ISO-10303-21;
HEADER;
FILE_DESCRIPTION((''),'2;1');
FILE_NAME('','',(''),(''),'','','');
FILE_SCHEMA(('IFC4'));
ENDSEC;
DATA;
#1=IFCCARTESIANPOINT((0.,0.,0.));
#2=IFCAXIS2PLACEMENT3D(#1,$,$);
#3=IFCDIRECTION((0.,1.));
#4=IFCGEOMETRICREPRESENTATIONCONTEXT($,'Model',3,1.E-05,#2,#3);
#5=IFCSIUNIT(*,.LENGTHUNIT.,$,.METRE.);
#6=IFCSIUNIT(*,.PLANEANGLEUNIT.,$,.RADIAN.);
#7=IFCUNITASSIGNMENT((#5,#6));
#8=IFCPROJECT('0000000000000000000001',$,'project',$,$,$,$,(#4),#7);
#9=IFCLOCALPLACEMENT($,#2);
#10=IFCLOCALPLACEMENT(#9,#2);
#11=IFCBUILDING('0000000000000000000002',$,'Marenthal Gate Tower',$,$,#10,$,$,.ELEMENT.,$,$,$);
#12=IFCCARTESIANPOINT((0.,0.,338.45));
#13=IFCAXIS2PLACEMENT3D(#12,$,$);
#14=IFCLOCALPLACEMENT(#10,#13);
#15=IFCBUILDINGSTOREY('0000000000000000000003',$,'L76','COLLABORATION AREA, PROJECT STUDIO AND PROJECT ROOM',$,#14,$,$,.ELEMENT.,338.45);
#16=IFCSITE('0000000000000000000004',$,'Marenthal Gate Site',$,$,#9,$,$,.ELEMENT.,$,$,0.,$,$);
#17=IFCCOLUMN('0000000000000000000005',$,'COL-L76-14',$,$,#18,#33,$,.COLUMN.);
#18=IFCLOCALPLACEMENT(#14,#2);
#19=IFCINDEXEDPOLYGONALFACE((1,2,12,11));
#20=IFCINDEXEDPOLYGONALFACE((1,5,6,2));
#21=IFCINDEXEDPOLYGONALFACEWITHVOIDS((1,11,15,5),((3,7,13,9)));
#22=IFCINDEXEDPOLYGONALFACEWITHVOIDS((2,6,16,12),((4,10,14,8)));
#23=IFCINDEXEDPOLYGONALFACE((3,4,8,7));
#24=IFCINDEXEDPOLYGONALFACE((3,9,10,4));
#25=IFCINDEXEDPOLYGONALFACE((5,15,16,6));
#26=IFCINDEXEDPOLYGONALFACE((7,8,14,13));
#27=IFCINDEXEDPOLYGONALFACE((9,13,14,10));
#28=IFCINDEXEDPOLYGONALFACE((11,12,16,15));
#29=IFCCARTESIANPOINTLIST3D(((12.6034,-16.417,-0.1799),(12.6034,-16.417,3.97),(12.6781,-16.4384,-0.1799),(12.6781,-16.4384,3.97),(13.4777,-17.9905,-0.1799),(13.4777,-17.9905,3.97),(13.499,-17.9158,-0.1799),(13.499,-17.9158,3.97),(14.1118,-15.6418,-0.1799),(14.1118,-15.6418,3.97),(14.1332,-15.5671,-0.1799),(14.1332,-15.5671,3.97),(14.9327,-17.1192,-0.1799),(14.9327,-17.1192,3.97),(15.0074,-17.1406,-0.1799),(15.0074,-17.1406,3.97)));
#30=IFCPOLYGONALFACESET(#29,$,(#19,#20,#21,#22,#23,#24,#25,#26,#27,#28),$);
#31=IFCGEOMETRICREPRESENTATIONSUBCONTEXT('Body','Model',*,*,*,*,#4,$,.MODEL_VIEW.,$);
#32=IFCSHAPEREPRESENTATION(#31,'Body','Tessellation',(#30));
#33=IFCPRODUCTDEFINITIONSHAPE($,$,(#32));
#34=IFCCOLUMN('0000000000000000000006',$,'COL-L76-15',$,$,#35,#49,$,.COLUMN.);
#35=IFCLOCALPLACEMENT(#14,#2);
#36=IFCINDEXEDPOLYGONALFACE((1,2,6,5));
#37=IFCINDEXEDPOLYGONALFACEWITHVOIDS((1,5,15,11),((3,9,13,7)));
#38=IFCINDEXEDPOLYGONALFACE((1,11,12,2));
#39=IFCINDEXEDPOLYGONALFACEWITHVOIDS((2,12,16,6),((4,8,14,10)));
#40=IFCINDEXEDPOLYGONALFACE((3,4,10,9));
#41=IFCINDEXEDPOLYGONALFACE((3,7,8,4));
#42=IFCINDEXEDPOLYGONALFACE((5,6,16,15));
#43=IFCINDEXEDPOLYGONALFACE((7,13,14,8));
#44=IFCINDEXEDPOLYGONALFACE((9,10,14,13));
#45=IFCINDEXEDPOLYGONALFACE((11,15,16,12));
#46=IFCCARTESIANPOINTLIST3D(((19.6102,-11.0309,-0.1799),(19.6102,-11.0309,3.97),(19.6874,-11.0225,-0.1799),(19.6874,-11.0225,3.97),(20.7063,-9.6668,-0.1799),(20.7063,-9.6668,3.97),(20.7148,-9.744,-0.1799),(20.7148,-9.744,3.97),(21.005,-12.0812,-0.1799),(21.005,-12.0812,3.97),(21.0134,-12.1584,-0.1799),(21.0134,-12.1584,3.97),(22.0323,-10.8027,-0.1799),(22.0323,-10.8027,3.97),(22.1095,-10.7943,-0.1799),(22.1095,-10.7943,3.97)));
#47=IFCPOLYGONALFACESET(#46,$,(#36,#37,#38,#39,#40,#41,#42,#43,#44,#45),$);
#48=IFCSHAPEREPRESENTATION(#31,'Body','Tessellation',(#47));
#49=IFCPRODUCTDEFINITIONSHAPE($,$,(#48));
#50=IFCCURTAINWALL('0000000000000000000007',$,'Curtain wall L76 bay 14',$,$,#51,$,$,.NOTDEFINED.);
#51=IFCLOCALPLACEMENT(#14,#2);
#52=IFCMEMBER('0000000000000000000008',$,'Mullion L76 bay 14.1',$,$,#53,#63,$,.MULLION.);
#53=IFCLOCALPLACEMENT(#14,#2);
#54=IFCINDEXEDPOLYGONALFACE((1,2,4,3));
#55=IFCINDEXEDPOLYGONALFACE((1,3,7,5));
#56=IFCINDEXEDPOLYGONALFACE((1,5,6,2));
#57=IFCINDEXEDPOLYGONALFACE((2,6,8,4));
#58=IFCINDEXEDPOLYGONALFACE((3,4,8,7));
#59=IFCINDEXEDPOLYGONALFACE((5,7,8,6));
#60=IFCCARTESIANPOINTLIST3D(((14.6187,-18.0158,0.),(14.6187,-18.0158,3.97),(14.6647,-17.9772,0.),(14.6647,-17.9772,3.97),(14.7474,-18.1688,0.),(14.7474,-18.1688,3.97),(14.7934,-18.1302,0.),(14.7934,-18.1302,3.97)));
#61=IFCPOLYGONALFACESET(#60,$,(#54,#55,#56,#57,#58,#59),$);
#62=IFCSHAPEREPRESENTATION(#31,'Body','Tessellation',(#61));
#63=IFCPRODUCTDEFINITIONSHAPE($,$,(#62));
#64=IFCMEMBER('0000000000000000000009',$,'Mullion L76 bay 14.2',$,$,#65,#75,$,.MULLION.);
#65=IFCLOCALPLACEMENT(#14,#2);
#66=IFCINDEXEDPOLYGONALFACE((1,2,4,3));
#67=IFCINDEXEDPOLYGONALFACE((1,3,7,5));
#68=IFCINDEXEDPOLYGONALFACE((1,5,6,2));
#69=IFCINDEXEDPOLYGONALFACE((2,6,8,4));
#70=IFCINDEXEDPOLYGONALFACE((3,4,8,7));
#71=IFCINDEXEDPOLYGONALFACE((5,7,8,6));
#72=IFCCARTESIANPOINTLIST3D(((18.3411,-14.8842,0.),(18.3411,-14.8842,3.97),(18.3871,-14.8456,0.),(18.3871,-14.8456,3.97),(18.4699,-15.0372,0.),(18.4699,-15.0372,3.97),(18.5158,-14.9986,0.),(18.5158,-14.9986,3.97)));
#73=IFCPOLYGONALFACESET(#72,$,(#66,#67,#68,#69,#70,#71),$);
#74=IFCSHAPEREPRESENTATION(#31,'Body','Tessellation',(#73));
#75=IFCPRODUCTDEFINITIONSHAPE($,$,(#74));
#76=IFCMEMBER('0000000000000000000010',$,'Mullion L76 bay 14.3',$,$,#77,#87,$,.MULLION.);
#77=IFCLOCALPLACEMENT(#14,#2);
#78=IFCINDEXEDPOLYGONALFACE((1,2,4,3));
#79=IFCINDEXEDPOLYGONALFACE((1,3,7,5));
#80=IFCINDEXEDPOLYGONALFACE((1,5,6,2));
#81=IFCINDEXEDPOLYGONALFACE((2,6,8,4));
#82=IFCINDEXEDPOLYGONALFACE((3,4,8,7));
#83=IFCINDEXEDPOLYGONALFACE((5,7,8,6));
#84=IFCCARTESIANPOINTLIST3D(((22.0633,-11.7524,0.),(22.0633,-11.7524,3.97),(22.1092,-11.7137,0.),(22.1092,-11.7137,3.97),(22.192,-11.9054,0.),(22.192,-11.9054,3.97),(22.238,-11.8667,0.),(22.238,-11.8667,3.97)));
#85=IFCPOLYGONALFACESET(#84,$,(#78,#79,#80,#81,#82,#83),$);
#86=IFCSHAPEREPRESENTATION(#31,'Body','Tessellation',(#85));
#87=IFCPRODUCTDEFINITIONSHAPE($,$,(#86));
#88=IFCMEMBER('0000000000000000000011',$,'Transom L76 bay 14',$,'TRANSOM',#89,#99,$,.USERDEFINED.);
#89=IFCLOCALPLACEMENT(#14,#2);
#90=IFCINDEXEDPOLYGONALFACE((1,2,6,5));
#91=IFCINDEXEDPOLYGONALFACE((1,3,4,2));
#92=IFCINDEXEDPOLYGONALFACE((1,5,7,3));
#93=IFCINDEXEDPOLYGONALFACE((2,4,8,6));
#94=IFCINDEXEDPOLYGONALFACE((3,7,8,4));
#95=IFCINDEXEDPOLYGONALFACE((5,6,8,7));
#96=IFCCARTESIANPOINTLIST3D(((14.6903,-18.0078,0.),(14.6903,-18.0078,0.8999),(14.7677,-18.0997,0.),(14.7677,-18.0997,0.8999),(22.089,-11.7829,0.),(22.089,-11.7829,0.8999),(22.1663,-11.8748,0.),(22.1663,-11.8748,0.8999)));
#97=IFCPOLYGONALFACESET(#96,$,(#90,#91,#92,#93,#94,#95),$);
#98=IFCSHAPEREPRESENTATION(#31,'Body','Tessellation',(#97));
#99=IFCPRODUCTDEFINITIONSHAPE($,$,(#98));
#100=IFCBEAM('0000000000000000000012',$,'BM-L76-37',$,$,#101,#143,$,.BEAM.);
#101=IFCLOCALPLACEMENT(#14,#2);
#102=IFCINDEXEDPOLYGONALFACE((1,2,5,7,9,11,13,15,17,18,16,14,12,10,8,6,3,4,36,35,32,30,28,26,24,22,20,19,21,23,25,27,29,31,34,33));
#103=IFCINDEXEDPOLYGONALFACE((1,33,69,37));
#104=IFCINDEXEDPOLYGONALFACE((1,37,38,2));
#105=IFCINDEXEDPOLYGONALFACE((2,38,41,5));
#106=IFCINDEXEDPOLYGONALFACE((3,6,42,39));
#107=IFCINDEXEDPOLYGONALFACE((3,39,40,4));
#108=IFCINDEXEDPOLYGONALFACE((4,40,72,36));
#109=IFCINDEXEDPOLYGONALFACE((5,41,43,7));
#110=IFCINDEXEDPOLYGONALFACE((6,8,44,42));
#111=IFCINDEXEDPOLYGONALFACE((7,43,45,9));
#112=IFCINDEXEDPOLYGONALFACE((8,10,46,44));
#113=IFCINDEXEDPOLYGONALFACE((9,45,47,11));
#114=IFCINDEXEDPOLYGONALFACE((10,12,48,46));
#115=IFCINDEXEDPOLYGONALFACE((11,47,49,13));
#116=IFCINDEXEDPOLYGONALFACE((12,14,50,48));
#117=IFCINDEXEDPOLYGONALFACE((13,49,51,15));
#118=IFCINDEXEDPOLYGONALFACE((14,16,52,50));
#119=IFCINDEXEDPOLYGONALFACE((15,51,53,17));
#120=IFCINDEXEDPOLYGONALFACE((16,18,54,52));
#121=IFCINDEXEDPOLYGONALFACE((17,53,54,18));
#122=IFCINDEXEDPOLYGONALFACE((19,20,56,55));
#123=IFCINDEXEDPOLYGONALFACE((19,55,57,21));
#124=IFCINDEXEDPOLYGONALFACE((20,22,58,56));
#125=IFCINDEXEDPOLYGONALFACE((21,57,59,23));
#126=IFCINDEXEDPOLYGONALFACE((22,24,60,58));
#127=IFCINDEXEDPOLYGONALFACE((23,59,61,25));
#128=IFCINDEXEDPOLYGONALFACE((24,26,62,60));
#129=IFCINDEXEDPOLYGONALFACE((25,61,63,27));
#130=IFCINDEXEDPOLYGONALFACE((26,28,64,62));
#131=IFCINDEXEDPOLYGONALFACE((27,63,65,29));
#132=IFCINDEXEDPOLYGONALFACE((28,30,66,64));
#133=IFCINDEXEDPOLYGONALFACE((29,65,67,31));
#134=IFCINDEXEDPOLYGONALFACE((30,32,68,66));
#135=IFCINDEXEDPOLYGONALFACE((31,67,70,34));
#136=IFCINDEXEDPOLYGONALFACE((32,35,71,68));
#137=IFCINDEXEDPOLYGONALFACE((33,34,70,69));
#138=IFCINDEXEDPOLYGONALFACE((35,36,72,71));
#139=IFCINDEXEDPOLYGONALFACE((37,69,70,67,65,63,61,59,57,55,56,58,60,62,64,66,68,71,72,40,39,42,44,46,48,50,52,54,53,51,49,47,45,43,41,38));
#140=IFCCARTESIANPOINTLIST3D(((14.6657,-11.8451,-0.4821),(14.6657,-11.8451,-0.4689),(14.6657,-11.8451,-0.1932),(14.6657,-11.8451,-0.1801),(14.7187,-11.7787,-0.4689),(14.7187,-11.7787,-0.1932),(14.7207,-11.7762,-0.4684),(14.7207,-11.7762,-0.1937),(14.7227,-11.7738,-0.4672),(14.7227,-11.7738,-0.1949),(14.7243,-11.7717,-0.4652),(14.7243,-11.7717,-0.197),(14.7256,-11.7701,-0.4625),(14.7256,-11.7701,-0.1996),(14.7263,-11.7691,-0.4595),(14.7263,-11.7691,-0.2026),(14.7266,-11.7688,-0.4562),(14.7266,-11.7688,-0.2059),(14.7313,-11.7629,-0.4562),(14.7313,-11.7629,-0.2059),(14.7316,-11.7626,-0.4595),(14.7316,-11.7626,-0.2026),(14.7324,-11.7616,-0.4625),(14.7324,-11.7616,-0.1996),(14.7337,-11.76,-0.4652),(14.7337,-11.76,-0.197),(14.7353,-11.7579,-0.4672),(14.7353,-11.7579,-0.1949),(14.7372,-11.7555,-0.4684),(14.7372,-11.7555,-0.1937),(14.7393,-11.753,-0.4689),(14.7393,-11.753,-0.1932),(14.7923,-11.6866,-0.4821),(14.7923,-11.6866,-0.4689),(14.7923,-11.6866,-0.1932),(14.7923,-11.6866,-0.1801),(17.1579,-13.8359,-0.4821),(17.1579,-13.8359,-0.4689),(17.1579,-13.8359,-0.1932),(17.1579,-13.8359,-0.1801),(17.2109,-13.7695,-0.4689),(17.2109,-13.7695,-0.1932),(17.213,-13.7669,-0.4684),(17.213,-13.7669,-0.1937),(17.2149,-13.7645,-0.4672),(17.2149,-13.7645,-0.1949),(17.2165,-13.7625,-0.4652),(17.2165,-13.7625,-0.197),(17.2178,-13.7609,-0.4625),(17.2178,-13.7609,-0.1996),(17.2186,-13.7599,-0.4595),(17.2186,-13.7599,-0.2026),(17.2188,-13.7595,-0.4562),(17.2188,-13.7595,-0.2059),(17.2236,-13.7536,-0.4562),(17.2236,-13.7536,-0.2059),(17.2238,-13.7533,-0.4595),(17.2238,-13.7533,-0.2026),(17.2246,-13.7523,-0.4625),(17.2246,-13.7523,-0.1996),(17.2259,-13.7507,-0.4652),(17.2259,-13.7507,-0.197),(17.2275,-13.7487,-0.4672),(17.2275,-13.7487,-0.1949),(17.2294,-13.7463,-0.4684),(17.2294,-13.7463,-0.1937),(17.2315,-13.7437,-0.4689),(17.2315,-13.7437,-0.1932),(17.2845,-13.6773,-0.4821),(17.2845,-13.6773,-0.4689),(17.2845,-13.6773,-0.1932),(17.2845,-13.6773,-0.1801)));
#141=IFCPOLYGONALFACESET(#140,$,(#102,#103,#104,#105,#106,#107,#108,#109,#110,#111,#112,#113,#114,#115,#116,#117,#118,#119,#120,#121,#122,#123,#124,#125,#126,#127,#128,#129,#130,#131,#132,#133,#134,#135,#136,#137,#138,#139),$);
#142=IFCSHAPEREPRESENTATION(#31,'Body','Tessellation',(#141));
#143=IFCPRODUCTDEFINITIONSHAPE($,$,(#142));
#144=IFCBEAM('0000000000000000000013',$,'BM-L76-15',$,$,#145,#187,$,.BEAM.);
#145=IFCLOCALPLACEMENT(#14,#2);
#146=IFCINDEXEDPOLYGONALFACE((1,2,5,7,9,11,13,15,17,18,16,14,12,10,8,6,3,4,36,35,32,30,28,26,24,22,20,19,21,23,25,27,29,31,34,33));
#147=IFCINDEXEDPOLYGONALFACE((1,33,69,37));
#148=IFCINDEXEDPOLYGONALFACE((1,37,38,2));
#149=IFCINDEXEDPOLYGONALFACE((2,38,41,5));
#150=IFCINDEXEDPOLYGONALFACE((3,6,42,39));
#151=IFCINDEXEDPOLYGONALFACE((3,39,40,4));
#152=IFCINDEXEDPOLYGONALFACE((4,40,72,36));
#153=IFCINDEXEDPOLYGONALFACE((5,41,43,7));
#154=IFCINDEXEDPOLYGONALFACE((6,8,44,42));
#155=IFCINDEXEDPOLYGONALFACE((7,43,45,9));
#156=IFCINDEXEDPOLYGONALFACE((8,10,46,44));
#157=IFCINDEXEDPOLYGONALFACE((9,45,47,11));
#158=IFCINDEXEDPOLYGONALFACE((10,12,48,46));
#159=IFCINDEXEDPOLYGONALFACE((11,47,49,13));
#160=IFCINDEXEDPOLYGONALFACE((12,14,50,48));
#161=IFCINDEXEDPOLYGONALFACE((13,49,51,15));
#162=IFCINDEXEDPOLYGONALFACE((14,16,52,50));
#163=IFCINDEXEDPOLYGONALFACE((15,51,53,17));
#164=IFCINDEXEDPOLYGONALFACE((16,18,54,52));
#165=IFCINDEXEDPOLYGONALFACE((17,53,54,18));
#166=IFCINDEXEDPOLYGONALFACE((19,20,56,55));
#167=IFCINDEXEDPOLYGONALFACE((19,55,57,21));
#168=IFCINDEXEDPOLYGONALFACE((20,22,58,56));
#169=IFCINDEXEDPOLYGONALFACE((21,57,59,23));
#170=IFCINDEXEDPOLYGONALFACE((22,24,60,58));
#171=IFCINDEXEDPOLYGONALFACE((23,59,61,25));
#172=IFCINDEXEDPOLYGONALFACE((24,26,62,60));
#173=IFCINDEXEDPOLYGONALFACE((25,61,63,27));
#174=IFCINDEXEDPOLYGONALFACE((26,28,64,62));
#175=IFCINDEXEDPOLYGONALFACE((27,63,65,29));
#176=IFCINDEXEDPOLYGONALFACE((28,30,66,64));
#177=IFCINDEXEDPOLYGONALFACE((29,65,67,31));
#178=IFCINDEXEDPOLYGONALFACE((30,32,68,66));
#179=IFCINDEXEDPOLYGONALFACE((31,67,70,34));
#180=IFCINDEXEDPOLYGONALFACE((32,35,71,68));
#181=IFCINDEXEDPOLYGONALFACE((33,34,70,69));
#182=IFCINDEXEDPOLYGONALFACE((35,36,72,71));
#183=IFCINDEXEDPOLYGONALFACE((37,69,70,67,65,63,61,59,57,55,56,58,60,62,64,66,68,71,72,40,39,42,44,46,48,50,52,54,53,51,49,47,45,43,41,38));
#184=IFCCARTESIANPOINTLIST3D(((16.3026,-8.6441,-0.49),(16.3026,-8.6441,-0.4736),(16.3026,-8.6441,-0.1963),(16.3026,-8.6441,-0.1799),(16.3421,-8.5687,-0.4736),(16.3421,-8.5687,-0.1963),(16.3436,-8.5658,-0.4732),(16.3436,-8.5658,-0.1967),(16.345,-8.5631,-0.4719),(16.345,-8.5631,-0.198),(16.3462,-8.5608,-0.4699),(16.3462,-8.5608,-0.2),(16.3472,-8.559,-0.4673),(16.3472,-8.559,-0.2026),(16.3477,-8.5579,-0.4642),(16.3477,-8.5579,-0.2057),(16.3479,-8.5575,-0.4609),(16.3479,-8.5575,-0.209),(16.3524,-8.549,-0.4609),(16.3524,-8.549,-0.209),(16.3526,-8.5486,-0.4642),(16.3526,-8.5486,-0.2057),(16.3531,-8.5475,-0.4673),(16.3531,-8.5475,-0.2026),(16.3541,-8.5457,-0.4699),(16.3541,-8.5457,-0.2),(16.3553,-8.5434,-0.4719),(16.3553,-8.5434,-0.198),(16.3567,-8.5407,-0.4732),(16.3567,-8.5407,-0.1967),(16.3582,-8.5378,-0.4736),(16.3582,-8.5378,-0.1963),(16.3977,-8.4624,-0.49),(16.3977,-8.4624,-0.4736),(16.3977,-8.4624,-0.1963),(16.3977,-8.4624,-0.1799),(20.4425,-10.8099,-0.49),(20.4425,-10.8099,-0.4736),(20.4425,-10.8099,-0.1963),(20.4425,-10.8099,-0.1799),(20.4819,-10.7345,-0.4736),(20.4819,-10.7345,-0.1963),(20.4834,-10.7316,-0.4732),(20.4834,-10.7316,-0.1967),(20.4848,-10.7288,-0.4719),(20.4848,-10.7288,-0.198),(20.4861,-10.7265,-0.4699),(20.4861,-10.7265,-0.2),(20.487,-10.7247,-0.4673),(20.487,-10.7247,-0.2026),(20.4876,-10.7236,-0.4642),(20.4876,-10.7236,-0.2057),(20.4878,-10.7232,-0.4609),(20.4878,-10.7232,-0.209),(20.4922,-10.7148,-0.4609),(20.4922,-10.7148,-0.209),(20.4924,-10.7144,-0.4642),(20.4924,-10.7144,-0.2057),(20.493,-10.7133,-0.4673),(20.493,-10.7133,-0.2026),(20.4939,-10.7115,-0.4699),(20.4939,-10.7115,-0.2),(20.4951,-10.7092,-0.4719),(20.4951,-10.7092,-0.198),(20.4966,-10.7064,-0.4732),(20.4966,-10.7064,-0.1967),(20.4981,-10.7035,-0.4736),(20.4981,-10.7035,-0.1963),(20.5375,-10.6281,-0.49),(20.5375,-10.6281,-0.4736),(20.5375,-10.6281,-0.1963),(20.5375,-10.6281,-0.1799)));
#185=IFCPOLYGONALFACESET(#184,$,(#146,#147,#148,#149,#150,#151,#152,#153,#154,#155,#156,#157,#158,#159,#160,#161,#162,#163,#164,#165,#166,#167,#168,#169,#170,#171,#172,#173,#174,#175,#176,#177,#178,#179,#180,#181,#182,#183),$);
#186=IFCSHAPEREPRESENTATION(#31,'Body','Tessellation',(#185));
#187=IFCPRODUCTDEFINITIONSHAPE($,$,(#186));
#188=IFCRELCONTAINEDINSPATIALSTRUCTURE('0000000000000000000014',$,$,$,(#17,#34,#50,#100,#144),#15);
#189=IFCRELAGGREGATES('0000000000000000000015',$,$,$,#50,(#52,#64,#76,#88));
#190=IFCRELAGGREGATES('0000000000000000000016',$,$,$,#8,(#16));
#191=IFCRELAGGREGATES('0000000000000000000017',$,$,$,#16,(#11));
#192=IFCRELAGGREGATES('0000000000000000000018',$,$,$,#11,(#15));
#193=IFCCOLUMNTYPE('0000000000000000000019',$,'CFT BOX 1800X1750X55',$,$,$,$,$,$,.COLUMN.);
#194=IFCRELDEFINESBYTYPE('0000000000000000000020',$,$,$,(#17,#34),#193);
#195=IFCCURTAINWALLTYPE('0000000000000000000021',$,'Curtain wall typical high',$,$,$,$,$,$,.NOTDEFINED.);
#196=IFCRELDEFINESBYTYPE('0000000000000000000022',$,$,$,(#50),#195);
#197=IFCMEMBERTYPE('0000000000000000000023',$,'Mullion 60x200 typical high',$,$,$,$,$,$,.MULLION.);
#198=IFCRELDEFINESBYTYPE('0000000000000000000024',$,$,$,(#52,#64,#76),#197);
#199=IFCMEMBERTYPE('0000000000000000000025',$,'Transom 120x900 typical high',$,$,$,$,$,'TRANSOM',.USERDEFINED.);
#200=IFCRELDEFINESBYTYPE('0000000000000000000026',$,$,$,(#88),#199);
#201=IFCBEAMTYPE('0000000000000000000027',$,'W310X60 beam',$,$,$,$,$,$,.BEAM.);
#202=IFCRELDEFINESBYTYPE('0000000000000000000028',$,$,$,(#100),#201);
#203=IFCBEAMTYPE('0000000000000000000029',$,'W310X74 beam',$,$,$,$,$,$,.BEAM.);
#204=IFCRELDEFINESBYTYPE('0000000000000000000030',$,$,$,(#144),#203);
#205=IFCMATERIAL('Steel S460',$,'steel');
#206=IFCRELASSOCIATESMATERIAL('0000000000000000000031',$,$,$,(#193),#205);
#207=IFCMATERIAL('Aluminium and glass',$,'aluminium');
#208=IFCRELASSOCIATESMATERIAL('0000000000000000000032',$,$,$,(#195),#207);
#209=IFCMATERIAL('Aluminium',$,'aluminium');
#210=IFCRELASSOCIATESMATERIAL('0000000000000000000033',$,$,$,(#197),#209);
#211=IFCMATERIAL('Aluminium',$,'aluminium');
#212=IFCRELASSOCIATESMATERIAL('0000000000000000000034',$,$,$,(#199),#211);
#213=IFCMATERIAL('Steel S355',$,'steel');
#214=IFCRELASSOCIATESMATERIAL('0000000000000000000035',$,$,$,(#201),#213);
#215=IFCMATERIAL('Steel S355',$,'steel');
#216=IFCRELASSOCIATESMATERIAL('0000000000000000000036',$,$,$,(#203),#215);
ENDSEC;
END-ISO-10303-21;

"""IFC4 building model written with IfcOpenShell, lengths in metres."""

from ifc_helpers import new_model, si_unit, direction, frame, origin, origin_2d, place, context, subcontext, project, spatial, rectangle, hollow_rectangle, i_section, extrude, material, material_profile, profile_set, type_object, element, aggregate, save


model = new_model("IFC4")

# Units and contexts
model_context = context("Model", 3, precision=1e-05, world=origin(), true_north=direction((0.0, 1.0)))
body_context = subcontext(model_context, "Body", "Model", "MODEL_VIEW")
ifc_project = project(units=[si_unit("LENGTHUNIT", "METRE"), si_unit("PLANEANGLEUNIT", "RADIAN")], contexts=[model_context])

# Site, building, storey
site_placement = place(None, origin())
site = spatial("IfcSite", under=ifc_project, at=site_placement, Name="Marenthal Gate Site", CompositionType="ELEMENT", RefElevation=0.0)
building_placement = place(site_placement, origin())
building = spatial("IfcBuilding", under=site, at=building_placement, Name="Marenthal Gate Tower", CompositionType="ELEMENT")
storey_placement = place(building_placement, frame((0.0, 0.0, 338.45)))
storey = spatial("IfcBuildingStorey", under=building, at=storey_placement, Name="L76", Description="COLLABORATION AREA, PROJECT STUDIO AND PROJECT ROOM", CompositionType="ELEMENT", Elevation=338.45)

# Columns
ifc_material_1 = material(Name="Steel S460", Category="steel")
ifc_material_profile_1 = material_profile(ifc_material_1, hollow_rectangle(XDim=1.75, YDim=1.8, WallThickness=0.0549, at=origin_2d()), Name="CFT BOX 1800X1750X55")
ifc_material_2 = material(Name="Concrete 70 MPa", Category="concrete")
ifc_material_profile_2 = material_profile(ifc_material_2, rectangle(XDim=1.6399, YDim=1.6899, at=origin_2d()), Name="CFT BOX 1800X1750X55 INFILL")
ifc_profile_set_1 = profile_set([ifc_material_profile_1, ifc_material_profile_2], Name="Steel S460 shell, Concrete 70 MPa infill")
column_type = type_object("IfcColumnType", Name="CFT BOX 1800X1750X55", PredefinedType="COLUMN", material=ifc_profile_set_1)
for number, where, z_axis, x_axis, name in (
    (1, (13.8054, -16.7788, -0.1799), (0.0, 0.0, 1.0), (-0.874131, -0.48569, 0.0), "COL-L76-14"),
    (2, (20.8599, -10.9126, -0.1799), (0.0, 0.0, 1.0), (-0.626371, -0.779525, 0.0), "COL-L76-15"),
):
    element("IfcColumn", number, at=place(storey_placement, frame(where, z_axis=z_axis, x_axis=x_axis)), inside=storey, type_object=column_type, Name=name, PredefinedType="COLUMN", context=body_context, shape_type="SweptSolid", body=[
        extrude(hollow_rectangle(XDim=1.75, YDim=1.8, WallThickness=0.0549, at=origin_2d()), origin(), (0.0, 0.0, 1.0), 4.1499),
    ])

# Curtain wall, members
ifc_material_3 = material(Name="Aluminium and glass", Category="aluminium")
curtain_wall_type = type_object("IfcCurtainWallType", Name="Curtain wall typical high", PredefinedType="NOTDEFINED", material=ifc_material_3)
curtain_wall_placement = place(storey_placement, origin())
curtain_wall = element("IfcCurtainWall", 3, at=curtain_wall_placement, inside=storey, type_object=curtain_wall_type, Name="Curtain wall L76 bay 14", PredefinedType="NOTDEFINED")
ifc_material_4 = material(Name="Aluminium", Category="aluminium")
ifc_material_profile_3 = material_profile(ifc_material_4, rectangle(XDim=0.2, YDim=0.0601, at=origin_2d()), Name="60x200 aluminium mullion")
ifc_profile_set_2 = profile_set([ifc_material_profile_3], Name="Aluminium")
member_type_1 = type_object("IfcMemberType", Name="Mullion 60x200 typical high", PredefinedType="MULLION", material=ifc_profile_set_2)
member_1_placement = place(storey_placement, frame((14.7061, -18.073, 0.0), z_axis=(0.0, 0.0, 1.0), x_axis=(-0.643801, 0.765193, 0.0)))
member_1 = element("IfcMember", 4, at=member_1_placement, type_object=member_type_1, Name="Mullion L76 bay 14.1", PredefinedType="MULLION", context=body_context, shape_type="SweptSolid", body=[
    extrude(rectangle(XDim=0.2, YDim=0.0601, at=origin_2d()), origin(), (0.0, 0.0, 1.0), 3.97),
])
member_2_placement = place(storey_placement, frame((18.4285, -14.9414, 0.0), z_axis=(0.0, 0.0, 1.0), x_axis=(-0.643801, 0.765193, 0.0)))
member_2 = element("IfcMember", 5, at=member_2_placement, type_object=member_type_1, Name="Mullion L76 bay 14.2", PredefinedType="MULLION", context=body_context, shape_type="SweptSolid", body=[
    extrude(rectangle(XDim=0.2, YDim=0.0601, at=origin_2d()), origin(), (0.0, 0.0, 1.0), 3.97),
])
member_3_placement = place(storey_placement, frame((22.1506, -11.8096, 0.0), z_axis=(0.0, 0.0, 1.0), x_axis=(-0.643801, 0.765193, 0.0)))
member_3 = element("IfcMember", 6, at=member_3_placement, type_object=member_type_1, Name="Mullion L76 bay 14.3", PredefinedType="MULLION", context=body_context, shape_type="SweptSolid", body=[
    extrude(rectangle(XDim=0.2, YDim=0.0601, at=origin_2d()), origin(), (0.0, 0.0, 1.0), 3.97),
])
ifc_material_5 = material(Name="Aluminium", Category="aluminium")
ifc_material_profile_4 = material_profile(ifc_material_5, rectangle(XDim=0.1201, YDim=0.8999, at=origin_2d()), Name="120x900 aluminium transom")
ifc_profile_set_3 = profile_set([ifc_material_profile_4], Name="Aluminium")
member_type_2 = type_object("IfcMemberType", Name="Transom 120x900 typical high", ElementType="TRANSOM", PredefinedType="USERDEFINED", material=ifc_profile_set_3)
member_4_placement = place(storey_placement, frame((14.729, -18.0537, 0.45), z_axis=(0.765197, 0.643796, 0.0), x_axis=(-0.643796, 0.765197, 0.0)))
member_4 = element("IfcMember", 7, at=member_4_placement, type_object=member_type_2, Name="Transom L76 bay 14", ObjectType="TRANSOM", PredefinedType="USERDEFINED", context=body_context, shape_type="SweptSolid", body=[
    extrude(rectangle(XDim=0.1201, YDim=0.8999, at=origin_2d()), origin(), (0.0, 0.0, 1.0), 9.6689),
])

# Beams
ifc_material_6 = material(Name="Steel S355", Category="steel")
ifc_material_profile_5 = material_profile(ifc_material_6, i_section(OverallWidth=0.2029, OverallDepth=0.302, WebThickness=0.0076, FlangeThickness=0.0132, FilletRadius=0.0127, at=origin_2d()), Name="W310X60")
ifc_profile_set_4 = profile_set([ifc_material_profile_5], Name="Steel S355")
beam_type_1 = type_object("IfcBeamType", Name="W310X60 beam", PredefinedType="BEAM", material=ifc_profile_set_4)
beam_1_placement = place(storey_placement, frame((17.2212, -13.7566, -0.3311), z_axis=(-0.781332, 0.624116, 0.0), x_axis=(-0.624116, -0.781332, 0.0)))
element("IfcBeam", 8, at=beam_1_placement, inside=storey, type_object=beam_type_1, Name="BM-L76-37", PredefinedType="BEAM", context=body_context, shape_type="SweptSolid", body=[
    extrude(i_section(OverallWidth=0.2029, OverallDepth=0.302, WebThickness=0.0076, FlangeThickness=0.0132, FilletRadius=0.0127, at=origin_2d()), origin(), (0.0, 0.0, 1.0), 3.1897),
])
ifc_material_7 = material(Name="Steel S355", Category="steel")
ifc_material_profile_6 = material_profile(ifc_material_7, i_section(OverallWidth=0.2051, OverallDepth=0.3101, WebThickness=0.0095, FlangeThickness=0.0164, FilletRadius=0.0127, at=origin_2d()), Name="W310X74")
ifc_profile_set_5 = profile_set([ifc_material_profile_6], Name="Steel S355")
beam_type_2 = type_object("IfcBeamType", Name="W310X74 beam", PredefinedType="BEAM", material=ifc_profile_set_5)
beam_2_placement = place(storey_placement, frame((20.49, -10.719, -0.335), z_axis=(-0.886073, 0.463546, 0.0), x_axis=(-0.463546, -0.886073, 0.0)))
element("IfcBeam", 9, at=beam_2_placement, inside=storey, type_object=beam_type_2, Name="BM-L76-15", PredefinedType="BEAM", context=body_context, shape_type="SweptSolid", body=[
    extrude(i_section(OverallWidth=0.2051, OverallDepth=0.3101, WebThickness=0.0095, FlangeThickness=0.0164, FilletRadius=0.0127, at=origin_2d()), origin(), (0.0, 0.0, 1.0), 4.6721),
])

aggregate(curtain_wall, [member_1, member_2, member_3, member_4])

save(model, "model.ifc")
